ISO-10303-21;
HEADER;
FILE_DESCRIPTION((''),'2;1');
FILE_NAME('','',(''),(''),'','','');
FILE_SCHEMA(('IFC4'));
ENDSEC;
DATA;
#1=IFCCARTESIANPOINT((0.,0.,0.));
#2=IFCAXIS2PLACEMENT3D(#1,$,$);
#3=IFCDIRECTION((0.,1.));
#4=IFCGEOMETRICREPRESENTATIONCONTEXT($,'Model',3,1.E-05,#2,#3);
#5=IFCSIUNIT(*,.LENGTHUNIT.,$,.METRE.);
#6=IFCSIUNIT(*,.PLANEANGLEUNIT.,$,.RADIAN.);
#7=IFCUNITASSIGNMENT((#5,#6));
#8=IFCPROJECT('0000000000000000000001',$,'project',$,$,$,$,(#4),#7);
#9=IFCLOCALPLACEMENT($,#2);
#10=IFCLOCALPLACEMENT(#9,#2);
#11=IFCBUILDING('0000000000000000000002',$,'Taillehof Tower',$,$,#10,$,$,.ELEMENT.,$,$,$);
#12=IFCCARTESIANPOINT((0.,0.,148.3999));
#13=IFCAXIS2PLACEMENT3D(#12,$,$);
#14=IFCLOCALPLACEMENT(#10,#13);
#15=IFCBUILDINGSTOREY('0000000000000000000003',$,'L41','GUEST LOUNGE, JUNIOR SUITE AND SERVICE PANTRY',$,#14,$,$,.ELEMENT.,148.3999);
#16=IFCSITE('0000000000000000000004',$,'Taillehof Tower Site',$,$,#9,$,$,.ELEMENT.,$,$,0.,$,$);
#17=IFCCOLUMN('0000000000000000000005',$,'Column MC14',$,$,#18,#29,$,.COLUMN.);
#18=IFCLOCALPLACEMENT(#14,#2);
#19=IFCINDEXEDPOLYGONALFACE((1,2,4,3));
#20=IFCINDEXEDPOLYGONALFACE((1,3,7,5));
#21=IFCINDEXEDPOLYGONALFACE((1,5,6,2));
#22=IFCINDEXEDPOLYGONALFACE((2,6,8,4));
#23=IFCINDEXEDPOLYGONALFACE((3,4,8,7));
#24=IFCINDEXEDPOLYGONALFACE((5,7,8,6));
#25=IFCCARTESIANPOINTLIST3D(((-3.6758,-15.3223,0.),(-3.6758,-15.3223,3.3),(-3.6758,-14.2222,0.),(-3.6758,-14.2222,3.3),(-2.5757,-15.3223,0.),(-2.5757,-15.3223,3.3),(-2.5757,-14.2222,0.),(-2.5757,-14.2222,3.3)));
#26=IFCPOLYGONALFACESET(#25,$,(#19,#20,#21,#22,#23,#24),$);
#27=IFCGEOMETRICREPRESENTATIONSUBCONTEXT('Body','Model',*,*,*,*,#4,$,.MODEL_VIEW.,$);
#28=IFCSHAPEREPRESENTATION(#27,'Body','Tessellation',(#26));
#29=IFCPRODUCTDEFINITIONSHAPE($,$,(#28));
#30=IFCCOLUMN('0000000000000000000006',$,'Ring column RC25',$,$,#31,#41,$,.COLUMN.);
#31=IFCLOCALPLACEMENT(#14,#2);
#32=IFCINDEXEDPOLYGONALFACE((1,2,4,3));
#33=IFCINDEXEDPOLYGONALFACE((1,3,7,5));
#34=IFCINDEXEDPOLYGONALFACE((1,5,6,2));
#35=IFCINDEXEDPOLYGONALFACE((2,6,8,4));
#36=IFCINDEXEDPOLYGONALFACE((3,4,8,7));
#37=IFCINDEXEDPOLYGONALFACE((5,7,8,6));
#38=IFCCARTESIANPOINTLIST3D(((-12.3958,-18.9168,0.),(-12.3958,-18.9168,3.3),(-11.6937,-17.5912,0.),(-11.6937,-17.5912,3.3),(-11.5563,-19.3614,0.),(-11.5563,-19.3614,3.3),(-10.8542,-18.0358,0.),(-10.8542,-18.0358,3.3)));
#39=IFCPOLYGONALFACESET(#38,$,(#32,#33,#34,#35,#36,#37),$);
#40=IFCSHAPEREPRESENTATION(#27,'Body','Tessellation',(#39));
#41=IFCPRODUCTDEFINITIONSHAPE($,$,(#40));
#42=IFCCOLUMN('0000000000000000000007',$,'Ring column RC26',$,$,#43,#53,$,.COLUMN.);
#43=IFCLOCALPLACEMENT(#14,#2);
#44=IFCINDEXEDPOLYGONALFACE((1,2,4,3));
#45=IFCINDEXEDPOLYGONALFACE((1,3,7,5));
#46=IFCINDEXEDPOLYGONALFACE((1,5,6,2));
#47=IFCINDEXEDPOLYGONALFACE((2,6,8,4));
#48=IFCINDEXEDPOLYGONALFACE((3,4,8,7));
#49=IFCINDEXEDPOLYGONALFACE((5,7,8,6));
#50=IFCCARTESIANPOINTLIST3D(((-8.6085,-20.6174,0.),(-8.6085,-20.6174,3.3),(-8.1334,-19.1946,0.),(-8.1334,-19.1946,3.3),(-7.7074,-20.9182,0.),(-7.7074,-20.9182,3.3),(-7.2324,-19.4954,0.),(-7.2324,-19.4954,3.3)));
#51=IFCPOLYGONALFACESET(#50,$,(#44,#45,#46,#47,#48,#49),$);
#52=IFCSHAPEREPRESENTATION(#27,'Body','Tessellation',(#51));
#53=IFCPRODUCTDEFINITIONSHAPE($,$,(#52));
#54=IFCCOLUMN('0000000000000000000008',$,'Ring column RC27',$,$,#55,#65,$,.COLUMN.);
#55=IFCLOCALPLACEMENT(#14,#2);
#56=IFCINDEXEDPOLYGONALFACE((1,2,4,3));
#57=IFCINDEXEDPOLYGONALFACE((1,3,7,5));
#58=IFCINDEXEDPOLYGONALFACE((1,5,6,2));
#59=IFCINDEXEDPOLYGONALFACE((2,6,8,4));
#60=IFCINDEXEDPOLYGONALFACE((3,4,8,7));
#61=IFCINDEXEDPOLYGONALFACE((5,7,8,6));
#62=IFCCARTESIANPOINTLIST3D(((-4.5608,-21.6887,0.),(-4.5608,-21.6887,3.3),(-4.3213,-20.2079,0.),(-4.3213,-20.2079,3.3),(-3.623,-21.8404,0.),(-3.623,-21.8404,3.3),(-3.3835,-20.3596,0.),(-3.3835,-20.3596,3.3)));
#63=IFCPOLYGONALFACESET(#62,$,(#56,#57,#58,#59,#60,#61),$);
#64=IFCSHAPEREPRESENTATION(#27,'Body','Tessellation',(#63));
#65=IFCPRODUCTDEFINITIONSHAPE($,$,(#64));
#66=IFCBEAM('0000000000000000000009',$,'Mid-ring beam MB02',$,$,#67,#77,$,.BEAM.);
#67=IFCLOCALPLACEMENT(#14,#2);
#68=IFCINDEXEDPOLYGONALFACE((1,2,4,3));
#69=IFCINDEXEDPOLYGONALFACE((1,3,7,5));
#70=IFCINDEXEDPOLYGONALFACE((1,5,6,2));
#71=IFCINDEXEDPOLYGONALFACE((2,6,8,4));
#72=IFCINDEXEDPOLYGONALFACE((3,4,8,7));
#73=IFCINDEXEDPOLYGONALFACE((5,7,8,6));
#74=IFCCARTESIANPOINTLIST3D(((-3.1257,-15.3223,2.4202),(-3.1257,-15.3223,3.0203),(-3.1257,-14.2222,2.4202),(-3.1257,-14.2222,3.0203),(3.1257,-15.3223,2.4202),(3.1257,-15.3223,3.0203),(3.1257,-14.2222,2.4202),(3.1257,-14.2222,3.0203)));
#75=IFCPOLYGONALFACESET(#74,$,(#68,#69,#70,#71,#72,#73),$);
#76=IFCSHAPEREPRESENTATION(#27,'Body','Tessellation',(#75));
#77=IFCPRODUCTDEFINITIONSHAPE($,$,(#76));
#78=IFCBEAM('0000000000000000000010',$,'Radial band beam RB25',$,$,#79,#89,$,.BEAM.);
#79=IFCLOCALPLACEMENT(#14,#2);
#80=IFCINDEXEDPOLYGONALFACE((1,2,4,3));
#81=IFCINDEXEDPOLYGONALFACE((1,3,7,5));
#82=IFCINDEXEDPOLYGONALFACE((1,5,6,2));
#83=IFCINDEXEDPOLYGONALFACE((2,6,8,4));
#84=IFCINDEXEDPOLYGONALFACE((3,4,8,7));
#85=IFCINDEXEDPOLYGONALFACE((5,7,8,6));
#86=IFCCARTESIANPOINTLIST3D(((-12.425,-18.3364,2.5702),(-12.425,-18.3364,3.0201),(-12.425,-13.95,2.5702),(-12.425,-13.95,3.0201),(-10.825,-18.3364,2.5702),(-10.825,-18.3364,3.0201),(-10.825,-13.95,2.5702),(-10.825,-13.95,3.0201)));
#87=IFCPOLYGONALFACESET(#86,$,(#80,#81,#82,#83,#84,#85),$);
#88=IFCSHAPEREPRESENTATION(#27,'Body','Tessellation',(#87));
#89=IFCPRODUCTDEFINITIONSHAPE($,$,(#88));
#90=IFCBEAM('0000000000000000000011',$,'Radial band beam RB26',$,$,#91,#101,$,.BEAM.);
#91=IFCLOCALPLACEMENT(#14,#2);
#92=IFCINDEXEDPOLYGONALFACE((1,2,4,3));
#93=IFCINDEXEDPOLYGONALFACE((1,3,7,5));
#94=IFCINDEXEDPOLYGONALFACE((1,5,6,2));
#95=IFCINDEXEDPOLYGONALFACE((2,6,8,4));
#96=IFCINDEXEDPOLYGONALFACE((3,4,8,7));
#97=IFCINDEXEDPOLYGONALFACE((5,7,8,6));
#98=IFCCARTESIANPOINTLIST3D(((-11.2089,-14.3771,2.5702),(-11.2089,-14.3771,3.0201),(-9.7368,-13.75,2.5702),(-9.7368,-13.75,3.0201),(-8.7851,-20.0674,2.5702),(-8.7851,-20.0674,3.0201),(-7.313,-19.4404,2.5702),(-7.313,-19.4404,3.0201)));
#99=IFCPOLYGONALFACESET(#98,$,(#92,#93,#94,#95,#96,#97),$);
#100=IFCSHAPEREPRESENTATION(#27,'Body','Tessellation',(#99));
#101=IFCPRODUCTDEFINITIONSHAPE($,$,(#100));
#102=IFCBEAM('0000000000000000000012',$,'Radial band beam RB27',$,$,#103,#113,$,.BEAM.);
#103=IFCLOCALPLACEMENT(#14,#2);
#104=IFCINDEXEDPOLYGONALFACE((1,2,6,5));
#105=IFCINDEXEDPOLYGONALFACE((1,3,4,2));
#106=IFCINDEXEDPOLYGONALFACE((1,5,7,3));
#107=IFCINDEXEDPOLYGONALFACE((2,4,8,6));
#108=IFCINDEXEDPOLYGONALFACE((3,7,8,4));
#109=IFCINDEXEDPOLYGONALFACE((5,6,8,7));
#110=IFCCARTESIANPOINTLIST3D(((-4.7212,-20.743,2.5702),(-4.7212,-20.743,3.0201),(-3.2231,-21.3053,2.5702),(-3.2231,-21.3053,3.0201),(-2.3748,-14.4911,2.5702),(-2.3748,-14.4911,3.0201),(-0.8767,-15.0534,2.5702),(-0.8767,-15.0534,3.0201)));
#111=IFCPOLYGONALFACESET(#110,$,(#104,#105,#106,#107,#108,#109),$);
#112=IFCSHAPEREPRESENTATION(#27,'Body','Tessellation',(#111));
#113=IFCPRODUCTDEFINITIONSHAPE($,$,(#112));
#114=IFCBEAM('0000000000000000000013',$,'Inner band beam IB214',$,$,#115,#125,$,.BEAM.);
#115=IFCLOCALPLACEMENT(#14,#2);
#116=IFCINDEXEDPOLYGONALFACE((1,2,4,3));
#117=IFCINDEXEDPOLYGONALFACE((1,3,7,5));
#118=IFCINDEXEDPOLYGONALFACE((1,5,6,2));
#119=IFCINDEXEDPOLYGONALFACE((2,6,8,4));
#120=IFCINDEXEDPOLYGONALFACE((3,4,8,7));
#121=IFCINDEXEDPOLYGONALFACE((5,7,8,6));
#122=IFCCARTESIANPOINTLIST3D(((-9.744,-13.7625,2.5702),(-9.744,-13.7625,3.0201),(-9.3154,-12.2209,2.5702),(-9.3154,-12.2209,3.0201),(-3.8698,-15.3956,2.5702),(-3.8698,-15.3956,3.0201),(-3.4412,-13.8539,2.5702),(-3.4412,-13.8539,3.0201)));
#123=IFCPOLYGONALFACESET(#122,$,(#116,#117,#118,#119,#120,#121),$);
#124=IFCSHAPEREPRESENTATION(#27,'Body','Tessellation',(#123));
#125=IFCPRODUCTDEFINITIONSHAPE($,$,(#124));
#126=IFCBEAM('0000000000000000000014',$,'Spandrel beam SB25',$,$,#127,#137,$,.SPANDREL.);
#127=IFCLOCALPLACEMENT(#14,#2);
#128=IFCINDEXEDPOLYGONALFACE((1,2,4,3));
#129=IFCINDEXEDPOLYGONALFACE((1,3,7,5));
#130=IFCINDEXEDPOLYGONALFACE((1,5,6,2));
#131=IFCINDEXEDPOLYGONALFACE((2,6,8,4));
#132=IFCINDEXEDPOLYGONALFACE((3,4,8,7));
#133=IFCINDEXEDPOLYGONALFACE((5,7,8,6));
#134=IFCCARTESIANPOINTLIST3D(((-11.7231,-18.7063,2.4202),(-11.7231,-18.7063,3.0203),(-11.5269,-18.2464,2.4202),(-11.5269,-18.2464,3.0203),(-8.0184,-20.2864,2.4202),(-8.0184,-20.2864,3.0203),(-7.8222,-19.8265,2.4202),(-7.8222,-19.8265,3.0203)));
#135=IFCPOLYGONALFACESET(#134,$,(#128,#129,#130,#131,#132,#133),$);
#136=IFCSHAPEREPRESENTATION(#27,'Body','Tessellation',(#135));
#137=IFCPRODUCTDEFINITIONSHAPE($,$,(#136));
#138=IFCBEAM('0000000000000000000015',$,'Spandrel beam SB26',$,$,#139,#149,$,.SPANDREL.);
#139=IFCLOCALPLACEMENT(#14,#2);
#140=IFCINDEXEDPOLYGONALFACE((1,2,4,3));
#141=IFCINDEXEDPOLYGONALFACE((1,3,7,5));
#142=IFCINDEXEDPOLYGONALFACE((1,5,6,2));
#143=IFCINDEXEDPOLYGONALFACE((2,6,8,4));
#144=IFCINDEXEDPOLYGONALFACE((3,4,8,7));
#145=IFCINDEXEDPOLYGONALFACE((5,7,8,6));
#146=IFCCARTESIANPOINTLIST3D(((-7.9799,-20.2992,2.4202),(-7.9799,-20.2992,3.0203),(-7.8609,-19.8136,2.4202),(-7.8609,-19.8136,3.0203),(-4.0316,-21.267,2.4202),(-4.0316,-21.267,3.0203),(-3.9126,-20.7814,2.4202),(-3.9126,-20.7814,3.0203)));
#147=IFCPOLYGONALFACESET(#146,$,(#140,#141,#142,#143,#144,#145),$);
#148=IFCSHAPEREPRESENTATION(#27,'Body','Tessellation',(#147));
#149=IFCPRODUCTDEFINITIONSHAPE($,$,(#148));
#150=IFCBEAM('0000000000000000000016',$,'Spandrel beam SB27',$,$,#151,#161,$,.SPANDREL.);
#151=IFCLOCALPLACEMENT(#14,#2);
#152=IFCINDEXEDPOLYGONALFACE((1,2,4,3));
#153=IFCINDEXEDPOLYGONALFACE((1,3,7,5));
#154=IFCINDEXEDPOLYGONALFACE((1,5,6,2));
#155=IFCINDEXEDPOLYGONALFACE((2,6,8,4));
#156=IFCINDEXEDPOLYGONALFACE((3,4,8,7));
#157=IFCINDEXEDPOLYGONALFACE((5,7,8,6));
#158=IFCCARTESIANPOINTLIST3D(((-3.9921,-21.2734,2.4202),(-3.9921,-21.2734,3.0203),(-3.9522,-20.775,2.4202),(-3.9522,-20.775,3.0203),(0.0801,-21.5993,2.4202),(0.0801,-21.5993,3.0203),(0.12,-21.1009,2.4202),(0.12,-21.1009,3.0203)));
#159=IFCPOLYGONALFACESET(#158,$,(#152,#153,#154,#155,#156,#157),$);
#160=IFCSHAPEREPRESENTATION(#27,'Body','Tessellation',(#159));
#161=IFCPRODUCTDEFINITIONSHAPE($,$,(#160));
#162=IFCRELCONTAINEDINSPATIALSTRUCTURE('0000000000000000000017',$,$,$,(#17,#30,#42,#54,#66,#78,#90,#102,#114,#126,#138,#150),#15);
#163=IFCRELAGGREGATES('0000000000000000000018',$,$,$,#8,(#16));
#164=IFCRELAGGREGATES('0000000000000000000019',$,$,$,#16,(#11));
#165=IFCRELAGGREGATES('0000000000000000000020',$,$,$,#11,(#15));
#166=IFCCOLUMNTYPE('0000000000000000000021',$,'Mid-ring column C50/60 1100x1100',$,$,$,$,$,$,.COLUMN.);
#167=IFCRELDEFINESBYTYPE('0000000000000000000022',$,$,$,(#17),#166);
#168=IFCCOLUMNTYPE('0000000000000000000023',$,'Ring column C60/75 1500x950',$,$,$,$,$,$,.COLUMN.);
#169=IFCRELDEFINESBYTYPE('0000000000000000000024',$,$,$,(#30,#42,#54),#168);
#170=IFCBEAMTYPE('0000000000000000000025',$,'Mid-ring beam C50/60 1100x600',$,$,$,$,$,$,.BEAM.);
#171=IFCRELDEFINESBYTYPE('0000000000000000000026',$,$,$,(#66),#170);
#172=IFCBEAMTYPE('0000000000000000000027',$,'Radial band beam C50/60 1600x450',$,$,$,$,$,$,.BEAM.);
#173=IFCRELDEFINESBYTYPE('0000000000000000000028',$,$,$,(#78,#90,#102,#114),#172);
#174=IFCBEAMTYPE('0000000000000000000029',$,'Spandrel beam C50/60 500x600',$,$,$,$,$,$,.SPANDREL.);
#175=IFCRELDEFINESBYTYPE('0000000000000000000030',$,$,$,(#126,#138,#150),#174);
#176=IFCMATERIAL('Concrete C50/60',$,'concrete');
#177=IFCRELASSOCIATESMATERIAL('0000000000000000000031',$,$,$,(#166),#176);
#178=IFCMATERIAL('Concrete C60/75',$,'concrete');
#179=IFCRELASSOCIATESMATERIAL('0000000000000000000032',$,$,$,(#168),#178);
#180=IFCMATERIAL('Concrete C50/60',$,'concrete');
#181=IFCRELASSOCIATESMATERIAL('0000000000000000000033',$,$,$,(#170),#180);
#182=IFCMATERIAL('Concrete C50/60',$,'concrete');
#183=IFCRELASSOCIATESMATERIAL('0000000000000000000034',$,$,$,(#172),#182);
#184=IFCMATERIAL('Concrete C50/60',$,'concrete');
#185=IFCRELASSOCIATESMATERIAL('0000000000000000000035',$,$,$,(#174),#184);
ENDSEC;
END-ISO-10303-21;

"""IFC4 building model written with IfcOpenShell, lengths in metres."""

from ifc_helpers import new_model, si_unit, direction, frame, origin, origin_2d, place, context, subcontext, project, spatial, rectangle, extrude, material, material_profile, profile_set, type_object, element, save


model = new_model("IFC4")

# Units and contexts
model_context = context("Model", 3, precision=1e-05, world=origin(), true_north=direction((0.0, 1.0)))
body_context = subcontext(model_context, "Body", "Model", "MODEL_VIEW")
ifc_project = project(units=[si_unit("LENGTHUNIT", "METRE"), si_unit("PLANEANGLEUNIT", "RADIAN")], contexts=[model_context])

# Site, building, storey
site_placement = place(None, origin())
site = spatial("IfcSite", under=ifc_project, at=site_placement, Name="Taillehof Tower Site", CompositionType="ELEMENT", RefElevation=0.0)
building_placement = place(site_placement, origin())
building = spatial("IfcBuilding", under=site, at=building_placement, Name="Taillehof Tower", CompositionType="ELEMENT")
storey_placement = place(building_placement, frame((0.0, 0.0, 148.3999)))
storey = spatial("IfcBuildingStorey", under=building, at=storey_placement, Name="L41", Description="GUEST LOUNGE, JUNIOR SUITE AND SERVICE PANTRY", CompositionType="ELEMENT", Elevation=148.3999)

# Columns
ifc_material_1 = material(Name="Concrete C50/60", Category="concrete")
ifc_material_profile_1 = material_profile(ifc_material_1, rectangle(XDim=1.1001, YDim=1.1001, at=origin_2d()), Name="RC 1100x1100")
ifc_profile_set_1 = profile_set([ifc_material_profile_1], Name="Concrete C50/60")
column_type_1 = type_object("IfcColumnType", Name="Mid-ring column C50/60 1100x1100", PredefinedType="COLUMN", material=ifc_profile_set_1)
column_placement = place(storey_placement, frame((-3.1257, -14.7722, 0.0), z_axis=(0.0, 0.0, 1.0), x_axis=(1.0, 0.0, 0.0)))
element("IfcColumn", 1, at=column_placement, inside=storey, type_object=column_type_1, Name="Column MC14", PredefinedType="COLUMN", context=body_context, shape_type="SweptSolid", body=[
    extrude(rectangle(XDim=1.1001, YDim=1.1001, at=origin_2d()), origin(), (0.0, 0.0, 1.0), 3.3),
])
ifc_material_2 = material(Name="Concrete C60/75", Category="concrete")
ifc_material_profile_2 = material_profile(ifc_material_2, rectangle(XDim=1.5, YDim=0.95, at=origin_2d()), Name="RC 1500x950")
ifc_profile_set_2 = profile_set([ifc_material_profile_2], Name="Concrete C60/75")
column_type_2 = type_object("IfcColumnType", Name="Ring column C60/75 1500x950", PredefinedType="COLUMN", material=ifc_profile_set_2)
for number, where, z_axis, x_axis, name in (
    (2, (-11.625, -18.4763, 0.0), (0.0, 0.0, 1.0), (-0.468042, -0.883706, 0.0), "Ring column RC25"),
    (3, (-7.9204, -20.0564, 0.0), (0.0, 0.0, 1.0), (-0.316703, -0.948525, 0.0), "Ring column RC26"),
    (4, (-3.9722, -21.0242, 0.0), (0.0, 0.0, 1.0), (-0.159679, -0.987169, 0.0), "Ring column RC27"),
):
    element("IfcColumn", number, at=place(storey_placement, frame(where, z_axis=z_axis, x_axis=x_axis)), inside=storey, type_object=column_type_2, Name=name, PredefinedType="COLUMN", context=body_context, shape_type="SweptSolid", body=[
        extrude(rectangle(XDim=1.5, YDim=0.95, at=origin_2d()), origin(), (0.0, 0.0, 1.0), 3.3),
    ])

# Beams
ifc_material_3 = material(Name="Concrete C50/60", Category="concrete")
ifc_material_profile_3 = material_profile(ifc_material_3, rectangle(XDim=1.1001, YDim=0.6001, at=origin_2d()), Name="RC 1100x600")
ifc_profile_set_3 = profile_set([ifc_material_profile_3], Name="Concrete C50/60")
beam_type_1 = type_object("IfcBeamType", Name="Mid-ring beam C50/60 1100x600", PredefinedType="BEAM", material=ifc_profile_set_3)
beam_1_placement = place(storey_placement, frame((-3.1257, -14.7722, 2.7202), z_axis=(1.0, 0.0, 0.0), x_axis=(0.0, 1.0, 0.0)))
element("IfcBeam", 5, at=beam_1_placement, inside=storey, type_object=beam_type_1, Name="Mid-ring beam MB02", PredefinedType="BEAM", context=body_context, shape_type="SweptSolid", body=[
    extrude(rectangle(XDim=1.1001, YDim=0.6001, at=origin_2d()), origin(), (0.0, 0.0, 1.0), 6.2515),
])
ifc_material_4 = material(Name="Concrete C50/60", Category="concrete")
ifc_material_profile_4 = material_profile(ifc_material_4, rectangle(XDim=1.6001, YDim=0.45, at=origin_2d()), Name="RC 1600x450")
ifc_profile_set_4 = profile_set([ifc_material_profile_4], Name="Concrete C50/60")
beam_type_2 = type_object("IfcBeamType", Name="Radial band beam C50/60 1600x450", PredefinedType="BEAM", material=ifc_profile_set_4)
beam_2_placement = place(storey_placement, frame((-11.625, -18.3364, 2.7952), z_axis=(0.0, 1.0, 0.0), x_axis=(-1.0, 0.0, 0.0)))
element("IfcBeam", 6, at=beam_2_placement, inside=storey, type_object=beam_type_2, Name="Radial band beam RB25", PredefinedType="BEAM", context=body_context, shape_type="SweptSolid", body=[
    extrude(rectangle(XDim=1.6001, YDim=0.45, at=origin_2d()), origin(), (0.0, 0.0, 1.0), 4.3865),
])
beam_3_placement = place(storey_placement, frame((-8.0491, -19.7539, 2.7952), z_axis=(-0.391879, 0.920017, 0.0), x_axis=(-0.920017, -0.391879, 0.0)))
element("IfcBeam", 7, at=beam_3_placement, inside=storey, type_object=beam_type_2, Name="Radial band beam RB26", PredefinedType="BEAM", context=body_context, shape_type="SweptSolid", body=[
    extrude(rectangle(XDim=1.6001, YDim=0.45, at=origin_2d()), origin(), (0.0, 0.0, 1.0), 6.1851),
])
beam_4_placement = place(storey_placement, frame((-3.9722, -21.0242, 2.7952), z_axis=(0.35138, 0.936233, 0.0), x_axis=(-0.936233, 0.35138, 0.0)))
element("IfcBeam", 8, at=beam_4_placement, inside=storey, type_object=beam_type_2, Name="Radial band beam RB27", PredefinedType="BEAM", context=body_context, shape_type="SweptSolid", body=[
    extrude(rectangle(XDim=1.6001, YDim=0.45, at=origin_2d()), origin(), (0.0, 0.0, 1.0), 6.6777),
])
beam_5_placement = place(storey_placement, frame((-3.6555, -14.6248, 2.7952), z_axis=(-0.963459, 0.267855, 0.0), x_axis=(-0.267855, -0.963459, 0.0)))
element("IfcBeam", 9, at=beam_5_placement, inside=storey, type_object=beam_type_2, Name="Inner band beam IB214", PredefinedType="BEAM", context=body_context, shape_type="SweptSolid", body=[
    extrude(rectangle(XDim=1.6001, YDim=0.45, at=origin_2d()), origin(), (0.0, 0.0, 1.0), 6.0969),
])
ifc_material_5 = material(Name="Concrete C50/60", Category="concrete")
ifc_material_profile_5 = material_profile(ifc_material_5, rectangle(XDim=0.5, YDim=0.6001, at=origin_2d()), Name="RC 500x600")
ifc_profile_set_5 = profile_set([ifc_material_profile_5], Name="Concrete C50/60")
beam_type_3 = type_object("IfcBeamType", Name="Spandrel beam C50/60 500x600", PredefinedType="SPANDREL", material=ifc_profile_set_5)
beam_6_placement = place(storey_placement, frame((-11.625, -18.4763, 2.7202), z_axis=(0.919827, -0.392324, 0.0), x_axis=(0.392324, 0.919827, 0.0)))
element("IfcBeam", 10, at=beam_6_placement, inside=storey, type_object=beam_type_3, Name="Spandrel beam SB25", PredefinedType="SPANDREL", context=body_context, shape_type="SweptSolid", body=[
    extrude(rectangle(XDim=0.5, YDim=0.6001, at=origin_2d()), origin(), (0.0, 0.0, 1.0), 4.0276),
])
beam_7_placement = place(storey_placement, frame((-7.9204, -20.0564, 2.7202), z_axis=(0.971249, -0.238068, 0.0), x_axis=(0.238068, 0.971249, 0.0)))
element("IfcBeam", 11, at=beam_7_placement, inside=storey, type_object=beam_type_3, Name="Spandrel beam SB26", PredefinedType="SPANDREL", context=body_context, shape_type="SweptSolid", body=[
    extrude(rectangle(XDim=0.5, YDim=0.6001, at=origin_2d()), origin(), (0.0, 0.0, 1.0), 4.0652),
])
beam_8_placement = place(storey_placement, frame((-3.9722, -21.0242, 2.7202), z_axis=(0.996812, -0.079781, 0.0), x_axis=(0.079781, 0.996812, 0.0)))
element("IfcBeam", 12, at=beam_8_placement, inside=storey, type_object=beam_type_3, Name="Spandrel beam SB27", PredefinedType="SPANDREL", context=body_context, shape_type="SweptSolid", body=[
    extrude(rectangle(XDim=0.5, YDim=0.6001, at=origin_2d()), origin(), (0.0, 0.0, 1.0), 4.0852),
])

save(model, "model.ifc")
